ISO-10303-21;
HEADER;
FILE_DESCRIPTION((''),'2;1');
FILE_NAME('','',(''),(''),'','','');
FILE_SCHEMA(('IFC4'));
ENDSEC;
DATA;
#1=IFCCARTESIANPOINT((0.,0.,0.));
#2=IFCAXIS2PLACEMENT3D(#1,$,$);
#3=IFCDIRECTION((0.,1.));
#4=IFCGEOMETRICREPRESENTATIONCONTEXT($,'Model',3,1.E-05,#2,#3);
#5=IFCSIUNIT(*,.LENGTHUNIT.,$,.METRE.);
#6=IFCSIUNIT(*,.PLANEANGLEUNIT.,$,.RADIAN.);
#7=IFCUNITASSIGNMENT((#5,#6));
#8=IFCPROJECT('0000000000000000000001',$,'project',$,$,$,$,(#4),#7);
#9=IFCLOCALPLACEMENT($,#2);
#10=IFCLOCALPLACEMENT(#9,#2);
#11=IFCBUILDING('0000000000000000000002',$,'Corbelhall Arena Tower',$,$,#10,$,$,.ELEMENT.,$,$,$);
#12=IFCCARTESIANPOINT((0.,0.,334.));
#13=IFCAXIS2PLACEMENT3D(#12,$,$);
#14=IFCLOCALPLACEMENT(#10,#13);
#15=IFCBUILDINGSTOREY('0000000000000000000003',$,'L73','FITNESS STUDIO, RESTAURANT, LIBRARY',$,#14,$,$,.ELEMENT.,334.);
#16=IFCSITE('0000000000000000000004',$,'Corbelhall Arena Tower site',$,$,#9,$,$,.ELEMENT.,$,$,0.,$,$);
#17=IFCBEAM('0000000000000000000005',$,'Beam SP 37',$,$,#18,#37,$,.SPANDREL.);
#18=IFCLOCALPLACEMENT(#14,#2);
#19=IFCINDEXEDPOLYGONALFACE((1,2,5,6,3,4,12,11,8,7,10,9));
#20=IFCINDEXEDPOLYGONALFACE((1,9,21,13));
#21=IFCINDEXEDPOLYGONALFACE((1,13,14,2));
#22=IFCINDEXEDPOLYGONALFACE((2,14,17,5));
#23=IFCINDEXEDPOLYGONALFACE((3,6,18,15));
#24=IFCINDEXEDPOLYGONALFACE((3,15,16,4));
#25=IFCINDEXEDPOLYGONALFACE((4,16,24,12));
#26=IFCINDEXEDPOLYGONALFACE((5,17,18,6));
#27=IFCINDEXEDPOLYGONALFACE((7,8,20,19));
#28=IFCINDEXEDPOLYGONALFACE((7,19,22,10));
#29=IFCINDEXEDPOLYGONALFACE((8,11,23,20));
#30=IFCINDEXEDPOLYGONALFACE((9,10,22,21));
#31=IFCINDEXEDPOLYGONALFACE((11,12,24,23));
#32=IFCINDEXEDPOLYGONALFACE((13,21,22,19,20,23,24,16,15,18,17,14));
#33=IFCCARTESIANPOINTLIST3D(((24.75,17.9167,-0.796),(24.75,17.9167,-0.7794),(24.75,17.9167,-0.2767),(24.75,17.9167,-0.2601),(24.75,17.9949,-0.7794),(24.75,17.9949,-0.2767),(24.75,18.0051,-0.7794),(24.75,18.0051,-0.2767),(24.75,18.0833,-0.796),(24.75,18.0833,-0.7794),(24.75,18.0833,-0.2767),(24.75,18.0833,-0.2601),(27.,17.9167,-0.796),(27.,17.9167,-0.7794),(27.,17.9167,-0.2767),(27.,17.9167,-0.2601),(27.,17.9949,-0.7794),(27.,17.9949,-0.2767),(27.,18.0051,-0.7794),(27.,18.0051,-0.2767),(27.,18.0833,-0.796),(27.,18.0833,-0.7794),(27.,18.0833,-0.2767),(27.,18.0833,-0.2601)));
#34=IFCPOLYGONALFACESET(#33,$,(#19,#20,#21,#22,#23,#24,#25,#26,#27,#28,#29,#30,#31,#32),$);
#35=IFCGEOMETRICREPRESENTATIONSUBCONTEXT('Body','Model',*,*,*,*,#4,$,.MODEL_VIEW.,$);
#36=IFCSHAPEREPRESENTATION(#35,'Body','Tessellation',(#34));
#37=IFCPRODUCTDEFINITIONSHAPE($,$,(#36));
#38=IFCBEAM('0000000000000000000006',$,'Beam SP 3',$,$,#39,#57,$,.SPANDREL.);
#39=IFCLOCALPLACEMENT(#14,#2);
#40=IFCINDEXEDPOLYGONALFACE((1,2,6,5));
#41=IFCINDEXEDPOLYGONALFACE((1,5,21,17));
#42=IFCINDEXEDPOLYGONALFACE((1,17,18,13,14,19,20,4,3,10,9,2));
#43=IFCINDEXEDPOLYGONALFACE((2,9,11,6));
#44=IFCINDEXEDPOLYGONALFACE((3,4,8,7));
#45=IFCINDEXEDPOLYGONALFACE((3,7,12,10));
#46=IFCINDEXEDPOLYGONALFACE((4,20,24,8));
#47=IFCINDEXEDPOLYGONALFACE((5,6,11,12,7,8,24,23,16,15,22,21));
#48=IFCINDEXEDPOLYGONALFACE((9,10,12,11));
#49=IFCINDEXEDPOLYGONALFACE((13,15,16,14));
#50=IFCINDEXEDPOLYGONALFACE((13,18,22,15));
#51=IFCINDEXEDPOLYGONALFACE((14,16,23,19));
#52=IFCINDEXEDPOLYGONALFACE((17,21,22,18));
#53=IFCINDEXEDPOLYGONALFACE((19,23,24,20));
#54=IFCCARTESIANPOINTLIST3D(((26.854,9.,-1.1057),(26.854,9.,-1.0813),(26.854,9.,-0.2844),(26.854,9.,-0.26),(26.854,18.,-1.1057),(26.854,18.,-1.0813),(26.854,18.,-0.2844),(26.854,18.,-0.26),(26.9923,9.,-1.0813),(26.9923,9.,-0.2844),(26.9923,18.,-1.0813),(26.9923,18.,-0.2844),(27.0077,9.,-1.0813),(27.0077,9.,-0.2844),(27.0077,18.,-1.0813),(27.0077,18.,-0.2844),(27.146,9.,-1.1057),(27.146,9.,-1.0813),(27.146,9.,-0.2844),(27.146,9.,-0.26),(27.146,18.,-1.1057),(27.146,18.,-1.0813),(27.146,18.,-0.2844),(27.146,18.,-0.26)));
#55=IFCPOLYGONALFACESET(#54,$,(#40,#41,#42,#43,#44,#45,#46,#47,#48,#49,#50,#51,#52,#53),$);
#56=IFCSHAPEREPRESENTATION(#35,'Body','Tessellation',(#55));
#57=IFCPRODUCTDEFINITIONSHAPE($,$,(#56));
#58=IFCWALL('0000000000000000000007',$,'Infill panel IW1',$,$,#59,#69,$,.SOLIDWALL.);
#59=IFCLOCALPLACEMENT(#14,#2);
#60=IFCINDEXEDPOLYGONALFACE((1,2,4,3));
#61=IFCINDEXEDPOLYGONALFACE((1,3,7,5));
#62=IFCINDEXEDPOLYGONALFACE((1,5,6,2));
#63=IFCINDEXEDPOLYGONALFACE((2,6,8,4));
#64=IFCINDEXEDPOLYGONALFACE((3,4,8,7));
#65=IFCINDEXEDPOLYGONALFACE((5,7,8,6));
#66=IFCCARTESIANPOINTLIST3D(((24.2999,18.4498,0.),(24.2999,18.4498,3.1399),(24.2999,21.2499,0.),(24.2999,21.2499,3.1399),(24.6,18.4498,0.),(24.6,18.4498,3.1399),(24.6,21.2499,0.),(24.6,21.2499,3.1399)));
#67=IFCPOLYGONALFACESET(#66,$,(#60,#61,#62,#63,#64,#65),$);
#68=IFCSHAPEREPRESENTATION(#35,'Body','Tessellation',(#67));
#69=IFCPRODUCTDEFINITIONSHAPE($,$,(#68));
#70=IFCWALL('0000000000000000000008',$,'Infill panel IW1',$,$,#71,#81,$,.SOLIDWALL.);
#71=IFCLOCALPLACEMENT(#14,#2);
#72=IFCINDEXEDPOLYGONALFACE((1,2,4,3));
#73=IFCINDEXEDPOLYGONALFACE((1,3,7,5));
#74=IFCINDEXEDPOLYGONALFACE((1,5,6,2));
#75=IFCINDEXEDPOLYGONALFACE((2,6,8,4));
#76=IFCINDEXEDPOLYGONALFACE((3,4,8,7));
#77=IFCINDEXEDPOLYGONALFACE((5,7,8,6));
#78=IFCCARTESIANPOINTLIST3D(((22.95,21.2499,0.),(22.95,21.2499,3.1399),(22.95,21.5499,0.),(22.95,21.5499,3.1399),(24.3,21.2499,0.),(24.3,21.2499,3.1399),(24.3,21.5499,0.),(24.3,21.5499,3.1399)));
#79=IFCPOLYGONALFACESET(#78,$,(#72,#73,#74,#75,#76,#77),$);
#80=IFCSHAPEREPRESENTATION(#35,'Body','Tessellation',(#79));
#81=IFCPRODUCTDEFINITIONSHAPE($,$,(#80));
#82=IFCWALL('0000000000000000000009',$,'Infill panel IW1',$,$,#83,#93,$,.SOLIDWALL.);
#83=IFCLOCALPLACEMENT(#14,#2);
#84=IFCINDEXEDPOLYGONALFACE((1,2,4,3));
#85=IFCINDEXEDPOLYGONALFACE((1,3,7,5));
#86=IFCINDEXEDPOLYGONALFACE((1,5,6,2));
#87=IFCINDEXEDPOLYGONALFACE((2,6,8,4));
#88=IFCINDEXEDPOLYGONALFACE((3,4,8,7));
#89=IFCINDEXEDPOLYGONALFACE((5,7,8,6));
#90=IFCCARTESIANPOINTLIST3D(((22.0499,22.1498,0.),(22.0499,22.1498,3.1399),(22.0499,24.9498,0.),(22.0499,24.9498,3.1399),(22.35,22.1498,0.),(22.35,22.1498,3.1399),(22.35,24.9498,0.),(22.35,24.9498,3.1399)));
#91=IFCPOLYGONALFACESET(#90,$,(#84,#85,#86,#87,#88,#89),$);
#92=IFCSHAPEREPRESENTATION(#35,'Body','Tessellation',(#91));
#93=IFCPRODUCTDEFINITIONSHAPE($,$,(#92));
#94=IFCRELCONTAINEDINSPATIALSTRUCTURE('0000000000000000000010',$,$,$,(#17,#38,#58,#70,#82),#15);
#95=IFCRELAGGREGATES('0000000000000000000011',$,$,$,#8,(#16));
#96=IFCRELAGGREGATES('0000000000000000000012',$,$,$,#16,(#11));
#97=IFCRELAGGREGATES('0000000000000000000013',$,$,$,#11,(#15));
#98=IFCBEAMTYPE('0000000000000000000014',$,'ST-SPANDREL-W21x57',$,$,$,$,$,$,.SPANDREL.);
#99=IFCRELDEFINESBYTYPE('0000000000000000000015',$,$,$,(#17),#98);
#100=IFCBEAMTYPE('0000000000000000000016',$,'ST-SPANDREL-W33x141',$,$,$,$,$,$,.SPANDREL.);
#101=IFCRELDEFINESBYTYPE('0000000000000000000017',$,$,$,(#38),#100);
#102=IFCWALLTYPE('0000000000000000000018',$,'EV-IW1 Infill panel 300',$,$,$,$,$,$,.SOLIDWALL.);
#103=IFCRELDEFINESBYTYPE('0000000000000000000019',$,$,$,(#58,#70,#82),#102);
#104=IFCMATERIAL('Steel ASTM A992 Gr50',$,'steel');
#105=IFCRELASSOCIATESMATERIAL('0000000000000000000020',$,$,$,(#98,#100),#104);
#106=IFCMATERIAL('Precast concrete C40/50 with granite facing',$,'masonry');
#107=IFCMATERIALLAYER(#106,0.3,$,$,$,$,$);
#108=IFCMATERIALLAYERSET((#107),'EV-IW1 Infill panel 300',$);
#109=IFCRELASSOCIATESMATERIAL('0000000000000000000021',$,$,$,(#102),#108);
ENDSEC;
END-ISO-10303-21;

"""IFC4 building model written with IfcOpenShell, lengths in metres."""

from ifc_helpers import new_model, si_unit, direction, frame, frame_2d, origin, origin_2d, place, context, subcontext, project, spatial, rectangle, i_section, extrude, material, layer, layer_set, material_profile, profile_set, type_object, element, save


model = new_model("IFC4")

# Units and contexts
model_context = context("Model", 3, precision=1e-05, world=origin(), true_north=direction((0.0, 1.0)))
body_context = subcontext(model_context, "Body", "Model", "MODEL_VIEW")
ifc_project = project(units=[si_unit("LENGTHUNIT", "METRE"), si_unit("PLANEANGLEUNIT", "RADIAN")], contexts=[model_context])

# Site, building, storey
site_placement = place(None, origin())
site = spatial("IfcSite", under=ifc_project, at=site_placement, Name="Corbelhall Arena Tower site", CompositionType="ELEMENT", RefElevation=0.0)
building_placement = place(site_placement, origin())
building = spatial("IfcBuilding", under=site, at=building_placement, Name="Corbelhall Arena Tower", CompositionType="ELEMENT")
storey_placement = place(building_placement, frame((0.0, 0.0, 334.0)))
storey = spatial("IfcBuildingStorey", under=building, at=storey_placement, Name="L73", Description="FITNESS STUDIO, RESTAURANT, LIBRARY", CompositionType="ELEMENT", Elevation=334.0)

# Beams
ifc_material_1 = material(Name="Steel ASTM A992 Gr50", Category="steel")
ifc_material_profile_1 = material_profile(ifc_material_1, i_section(OverallWidth=0.1665, OverallDepth=0.5359, WebThickness=0.0103, FlangeThickness=0.0166, at=origin_2d()))
ifc_profile_set_1 = profile_set([ifc_material_profile_1], Name="Steel ASTM A992 Gr50")
beam_type_1 = type_object("IfcBeamType", Name="ST-SPANDREL-W21x57", PredefinedType="SPANDREL", material=ifc_profile_set_1)
beam_1_placement = place(storey_placement, frame((24.75, 18.0, -0.5281), z_axis=(1.0, 0.0, 0.0), x_axis=(0.0, 1.0, 0.0)))
element("IfcBeam", 1, at=beam_1_placement, inside=storey, type_object=beam_type_1, Name="Beam SP 37", PredefinedType="SPANDREL", context=body_context, shape_type="SweptSolid", body=[
    extrude(i_section(OverallWidth=0.1665, OverallDepth=0.5359, WebThickness=0.0103, FlangeThickness=0.0166, at=origin_2d()), origin(), (0.0, 0.0, 1.0), 2.25),
])
ifc_material_profile_2 = material_profile(ifc_material_1, i_section(OverallWidth=0.292, OverallDepth=0.8457, WebThickness=0.0154, FlangeThickness=0.0244, at=origin_2d()))
ifc_profile_set_2 = profile_set([ifc_material_profile_2], Name="Steel ASTM A992 Gr50")
beam_type_2 = type_object("IfcBeamType", Name="ST-SPANDREL-W33x141", PredefinedType="SPANDREL", material=ifc_profile_set_2)
beam_2_placement = place(storey_placement, frame((27.0, 18.0, -0.6829), z_axis=(0.0, -1.0, 0.0), x_axis=(1.0, 0.0, 0.0)))
element("IfcBeam", 2, at=beam_2_placement, inside=storey, type_object=beam_type_2, Name="Beam SP 3", PredefinedType="SPANDREL", context=body_context, shape_type="SweptSolid", body=[
    extrude(i_section(OverallWidth=0.292, OverallDepth=0.8457, WebThickness=0.0154, FlangeThickness=0.0244, at=origin_2d()), origin(), (0.0, 0.0, 1.0), 9.0),
])

# Walls
ifc_material_2 = material(Name="Precast concrete C40/50 with granite facing", Category="masonry")
ifc_layer_1 = layer(ifc_material_2, 0.3)
ifc_layer_set_1 = layer_set([ifc_layer_1], Name="EV-IW1 Infill panel 300")
wall_type_1 = type_object("IfcWallType", Name="EV-IW1 Infill panel 300", PredefinedType="SOLIDWALL", material=ifc_layer_set_1)
wall_1_placement = place(storey_placement, frame((24.45, 18.45, 0.0), z_axis=(0.0, 0.0, 1.0), x_axis=(0.0, 1.0, 0.0)))
element("IfcWall", 3, at=wall_1_placement, inside=storey, type_object=wall_type_1, Name="Infill panel IW1", PredefinedType="SOLIDWALL", context=body_context, shape_type="SweptSolid", body=[
    extrude(rectangle(XDim=2.8, YDim=0.3, at=frame_2d((1.3999, 0.0))), origin(), (0.0, 0.0, 1.0), 3.1399),
])
wall_2_placement = place(storey_placement, frame((24.3, 21.3999, 0.0), z_axis=(0.0, 0.0, 1.0), x_axis=(-1.0, 0.0, 0.0)))
element("IfcWall", 4, at=wall_2_placement, inside=storey, type_object=wall_type_1, Name="Infill panel IW1", PredefinedType="SOLIDWALL", context=body_context, shape_type="SweptSolid", body=[
    extrude(rectangle(XDim=1.3501, YDim=0.3, at=frame_2d((0.675, 0.0))), origin(), (0.0, 0.0, 1.0), 3.1399),
])
wall_3_placement = place(storey_placement, frame((22.2, 22.1499, 0.0), z_axis=(0.0, 0.0, 1.0), x_axis=(0.0, 1.0, 0.0)))
element("IfcWall", 5, at=wall_3_placement, inside=storey, type_object=wall_type_1, Name="Infill panel IW1", PredefinedType="SOLIDWALL", context=body_context, shape_type="SweptSolid", body=[
    extrude(rectangle(XDim=2.8, YDim=0.3, at=frame_2d((1.3999, 0.0))), origin(), (0.0, 0.0, 1.0), 3.1399),
])

save(model, "model.ifc")
